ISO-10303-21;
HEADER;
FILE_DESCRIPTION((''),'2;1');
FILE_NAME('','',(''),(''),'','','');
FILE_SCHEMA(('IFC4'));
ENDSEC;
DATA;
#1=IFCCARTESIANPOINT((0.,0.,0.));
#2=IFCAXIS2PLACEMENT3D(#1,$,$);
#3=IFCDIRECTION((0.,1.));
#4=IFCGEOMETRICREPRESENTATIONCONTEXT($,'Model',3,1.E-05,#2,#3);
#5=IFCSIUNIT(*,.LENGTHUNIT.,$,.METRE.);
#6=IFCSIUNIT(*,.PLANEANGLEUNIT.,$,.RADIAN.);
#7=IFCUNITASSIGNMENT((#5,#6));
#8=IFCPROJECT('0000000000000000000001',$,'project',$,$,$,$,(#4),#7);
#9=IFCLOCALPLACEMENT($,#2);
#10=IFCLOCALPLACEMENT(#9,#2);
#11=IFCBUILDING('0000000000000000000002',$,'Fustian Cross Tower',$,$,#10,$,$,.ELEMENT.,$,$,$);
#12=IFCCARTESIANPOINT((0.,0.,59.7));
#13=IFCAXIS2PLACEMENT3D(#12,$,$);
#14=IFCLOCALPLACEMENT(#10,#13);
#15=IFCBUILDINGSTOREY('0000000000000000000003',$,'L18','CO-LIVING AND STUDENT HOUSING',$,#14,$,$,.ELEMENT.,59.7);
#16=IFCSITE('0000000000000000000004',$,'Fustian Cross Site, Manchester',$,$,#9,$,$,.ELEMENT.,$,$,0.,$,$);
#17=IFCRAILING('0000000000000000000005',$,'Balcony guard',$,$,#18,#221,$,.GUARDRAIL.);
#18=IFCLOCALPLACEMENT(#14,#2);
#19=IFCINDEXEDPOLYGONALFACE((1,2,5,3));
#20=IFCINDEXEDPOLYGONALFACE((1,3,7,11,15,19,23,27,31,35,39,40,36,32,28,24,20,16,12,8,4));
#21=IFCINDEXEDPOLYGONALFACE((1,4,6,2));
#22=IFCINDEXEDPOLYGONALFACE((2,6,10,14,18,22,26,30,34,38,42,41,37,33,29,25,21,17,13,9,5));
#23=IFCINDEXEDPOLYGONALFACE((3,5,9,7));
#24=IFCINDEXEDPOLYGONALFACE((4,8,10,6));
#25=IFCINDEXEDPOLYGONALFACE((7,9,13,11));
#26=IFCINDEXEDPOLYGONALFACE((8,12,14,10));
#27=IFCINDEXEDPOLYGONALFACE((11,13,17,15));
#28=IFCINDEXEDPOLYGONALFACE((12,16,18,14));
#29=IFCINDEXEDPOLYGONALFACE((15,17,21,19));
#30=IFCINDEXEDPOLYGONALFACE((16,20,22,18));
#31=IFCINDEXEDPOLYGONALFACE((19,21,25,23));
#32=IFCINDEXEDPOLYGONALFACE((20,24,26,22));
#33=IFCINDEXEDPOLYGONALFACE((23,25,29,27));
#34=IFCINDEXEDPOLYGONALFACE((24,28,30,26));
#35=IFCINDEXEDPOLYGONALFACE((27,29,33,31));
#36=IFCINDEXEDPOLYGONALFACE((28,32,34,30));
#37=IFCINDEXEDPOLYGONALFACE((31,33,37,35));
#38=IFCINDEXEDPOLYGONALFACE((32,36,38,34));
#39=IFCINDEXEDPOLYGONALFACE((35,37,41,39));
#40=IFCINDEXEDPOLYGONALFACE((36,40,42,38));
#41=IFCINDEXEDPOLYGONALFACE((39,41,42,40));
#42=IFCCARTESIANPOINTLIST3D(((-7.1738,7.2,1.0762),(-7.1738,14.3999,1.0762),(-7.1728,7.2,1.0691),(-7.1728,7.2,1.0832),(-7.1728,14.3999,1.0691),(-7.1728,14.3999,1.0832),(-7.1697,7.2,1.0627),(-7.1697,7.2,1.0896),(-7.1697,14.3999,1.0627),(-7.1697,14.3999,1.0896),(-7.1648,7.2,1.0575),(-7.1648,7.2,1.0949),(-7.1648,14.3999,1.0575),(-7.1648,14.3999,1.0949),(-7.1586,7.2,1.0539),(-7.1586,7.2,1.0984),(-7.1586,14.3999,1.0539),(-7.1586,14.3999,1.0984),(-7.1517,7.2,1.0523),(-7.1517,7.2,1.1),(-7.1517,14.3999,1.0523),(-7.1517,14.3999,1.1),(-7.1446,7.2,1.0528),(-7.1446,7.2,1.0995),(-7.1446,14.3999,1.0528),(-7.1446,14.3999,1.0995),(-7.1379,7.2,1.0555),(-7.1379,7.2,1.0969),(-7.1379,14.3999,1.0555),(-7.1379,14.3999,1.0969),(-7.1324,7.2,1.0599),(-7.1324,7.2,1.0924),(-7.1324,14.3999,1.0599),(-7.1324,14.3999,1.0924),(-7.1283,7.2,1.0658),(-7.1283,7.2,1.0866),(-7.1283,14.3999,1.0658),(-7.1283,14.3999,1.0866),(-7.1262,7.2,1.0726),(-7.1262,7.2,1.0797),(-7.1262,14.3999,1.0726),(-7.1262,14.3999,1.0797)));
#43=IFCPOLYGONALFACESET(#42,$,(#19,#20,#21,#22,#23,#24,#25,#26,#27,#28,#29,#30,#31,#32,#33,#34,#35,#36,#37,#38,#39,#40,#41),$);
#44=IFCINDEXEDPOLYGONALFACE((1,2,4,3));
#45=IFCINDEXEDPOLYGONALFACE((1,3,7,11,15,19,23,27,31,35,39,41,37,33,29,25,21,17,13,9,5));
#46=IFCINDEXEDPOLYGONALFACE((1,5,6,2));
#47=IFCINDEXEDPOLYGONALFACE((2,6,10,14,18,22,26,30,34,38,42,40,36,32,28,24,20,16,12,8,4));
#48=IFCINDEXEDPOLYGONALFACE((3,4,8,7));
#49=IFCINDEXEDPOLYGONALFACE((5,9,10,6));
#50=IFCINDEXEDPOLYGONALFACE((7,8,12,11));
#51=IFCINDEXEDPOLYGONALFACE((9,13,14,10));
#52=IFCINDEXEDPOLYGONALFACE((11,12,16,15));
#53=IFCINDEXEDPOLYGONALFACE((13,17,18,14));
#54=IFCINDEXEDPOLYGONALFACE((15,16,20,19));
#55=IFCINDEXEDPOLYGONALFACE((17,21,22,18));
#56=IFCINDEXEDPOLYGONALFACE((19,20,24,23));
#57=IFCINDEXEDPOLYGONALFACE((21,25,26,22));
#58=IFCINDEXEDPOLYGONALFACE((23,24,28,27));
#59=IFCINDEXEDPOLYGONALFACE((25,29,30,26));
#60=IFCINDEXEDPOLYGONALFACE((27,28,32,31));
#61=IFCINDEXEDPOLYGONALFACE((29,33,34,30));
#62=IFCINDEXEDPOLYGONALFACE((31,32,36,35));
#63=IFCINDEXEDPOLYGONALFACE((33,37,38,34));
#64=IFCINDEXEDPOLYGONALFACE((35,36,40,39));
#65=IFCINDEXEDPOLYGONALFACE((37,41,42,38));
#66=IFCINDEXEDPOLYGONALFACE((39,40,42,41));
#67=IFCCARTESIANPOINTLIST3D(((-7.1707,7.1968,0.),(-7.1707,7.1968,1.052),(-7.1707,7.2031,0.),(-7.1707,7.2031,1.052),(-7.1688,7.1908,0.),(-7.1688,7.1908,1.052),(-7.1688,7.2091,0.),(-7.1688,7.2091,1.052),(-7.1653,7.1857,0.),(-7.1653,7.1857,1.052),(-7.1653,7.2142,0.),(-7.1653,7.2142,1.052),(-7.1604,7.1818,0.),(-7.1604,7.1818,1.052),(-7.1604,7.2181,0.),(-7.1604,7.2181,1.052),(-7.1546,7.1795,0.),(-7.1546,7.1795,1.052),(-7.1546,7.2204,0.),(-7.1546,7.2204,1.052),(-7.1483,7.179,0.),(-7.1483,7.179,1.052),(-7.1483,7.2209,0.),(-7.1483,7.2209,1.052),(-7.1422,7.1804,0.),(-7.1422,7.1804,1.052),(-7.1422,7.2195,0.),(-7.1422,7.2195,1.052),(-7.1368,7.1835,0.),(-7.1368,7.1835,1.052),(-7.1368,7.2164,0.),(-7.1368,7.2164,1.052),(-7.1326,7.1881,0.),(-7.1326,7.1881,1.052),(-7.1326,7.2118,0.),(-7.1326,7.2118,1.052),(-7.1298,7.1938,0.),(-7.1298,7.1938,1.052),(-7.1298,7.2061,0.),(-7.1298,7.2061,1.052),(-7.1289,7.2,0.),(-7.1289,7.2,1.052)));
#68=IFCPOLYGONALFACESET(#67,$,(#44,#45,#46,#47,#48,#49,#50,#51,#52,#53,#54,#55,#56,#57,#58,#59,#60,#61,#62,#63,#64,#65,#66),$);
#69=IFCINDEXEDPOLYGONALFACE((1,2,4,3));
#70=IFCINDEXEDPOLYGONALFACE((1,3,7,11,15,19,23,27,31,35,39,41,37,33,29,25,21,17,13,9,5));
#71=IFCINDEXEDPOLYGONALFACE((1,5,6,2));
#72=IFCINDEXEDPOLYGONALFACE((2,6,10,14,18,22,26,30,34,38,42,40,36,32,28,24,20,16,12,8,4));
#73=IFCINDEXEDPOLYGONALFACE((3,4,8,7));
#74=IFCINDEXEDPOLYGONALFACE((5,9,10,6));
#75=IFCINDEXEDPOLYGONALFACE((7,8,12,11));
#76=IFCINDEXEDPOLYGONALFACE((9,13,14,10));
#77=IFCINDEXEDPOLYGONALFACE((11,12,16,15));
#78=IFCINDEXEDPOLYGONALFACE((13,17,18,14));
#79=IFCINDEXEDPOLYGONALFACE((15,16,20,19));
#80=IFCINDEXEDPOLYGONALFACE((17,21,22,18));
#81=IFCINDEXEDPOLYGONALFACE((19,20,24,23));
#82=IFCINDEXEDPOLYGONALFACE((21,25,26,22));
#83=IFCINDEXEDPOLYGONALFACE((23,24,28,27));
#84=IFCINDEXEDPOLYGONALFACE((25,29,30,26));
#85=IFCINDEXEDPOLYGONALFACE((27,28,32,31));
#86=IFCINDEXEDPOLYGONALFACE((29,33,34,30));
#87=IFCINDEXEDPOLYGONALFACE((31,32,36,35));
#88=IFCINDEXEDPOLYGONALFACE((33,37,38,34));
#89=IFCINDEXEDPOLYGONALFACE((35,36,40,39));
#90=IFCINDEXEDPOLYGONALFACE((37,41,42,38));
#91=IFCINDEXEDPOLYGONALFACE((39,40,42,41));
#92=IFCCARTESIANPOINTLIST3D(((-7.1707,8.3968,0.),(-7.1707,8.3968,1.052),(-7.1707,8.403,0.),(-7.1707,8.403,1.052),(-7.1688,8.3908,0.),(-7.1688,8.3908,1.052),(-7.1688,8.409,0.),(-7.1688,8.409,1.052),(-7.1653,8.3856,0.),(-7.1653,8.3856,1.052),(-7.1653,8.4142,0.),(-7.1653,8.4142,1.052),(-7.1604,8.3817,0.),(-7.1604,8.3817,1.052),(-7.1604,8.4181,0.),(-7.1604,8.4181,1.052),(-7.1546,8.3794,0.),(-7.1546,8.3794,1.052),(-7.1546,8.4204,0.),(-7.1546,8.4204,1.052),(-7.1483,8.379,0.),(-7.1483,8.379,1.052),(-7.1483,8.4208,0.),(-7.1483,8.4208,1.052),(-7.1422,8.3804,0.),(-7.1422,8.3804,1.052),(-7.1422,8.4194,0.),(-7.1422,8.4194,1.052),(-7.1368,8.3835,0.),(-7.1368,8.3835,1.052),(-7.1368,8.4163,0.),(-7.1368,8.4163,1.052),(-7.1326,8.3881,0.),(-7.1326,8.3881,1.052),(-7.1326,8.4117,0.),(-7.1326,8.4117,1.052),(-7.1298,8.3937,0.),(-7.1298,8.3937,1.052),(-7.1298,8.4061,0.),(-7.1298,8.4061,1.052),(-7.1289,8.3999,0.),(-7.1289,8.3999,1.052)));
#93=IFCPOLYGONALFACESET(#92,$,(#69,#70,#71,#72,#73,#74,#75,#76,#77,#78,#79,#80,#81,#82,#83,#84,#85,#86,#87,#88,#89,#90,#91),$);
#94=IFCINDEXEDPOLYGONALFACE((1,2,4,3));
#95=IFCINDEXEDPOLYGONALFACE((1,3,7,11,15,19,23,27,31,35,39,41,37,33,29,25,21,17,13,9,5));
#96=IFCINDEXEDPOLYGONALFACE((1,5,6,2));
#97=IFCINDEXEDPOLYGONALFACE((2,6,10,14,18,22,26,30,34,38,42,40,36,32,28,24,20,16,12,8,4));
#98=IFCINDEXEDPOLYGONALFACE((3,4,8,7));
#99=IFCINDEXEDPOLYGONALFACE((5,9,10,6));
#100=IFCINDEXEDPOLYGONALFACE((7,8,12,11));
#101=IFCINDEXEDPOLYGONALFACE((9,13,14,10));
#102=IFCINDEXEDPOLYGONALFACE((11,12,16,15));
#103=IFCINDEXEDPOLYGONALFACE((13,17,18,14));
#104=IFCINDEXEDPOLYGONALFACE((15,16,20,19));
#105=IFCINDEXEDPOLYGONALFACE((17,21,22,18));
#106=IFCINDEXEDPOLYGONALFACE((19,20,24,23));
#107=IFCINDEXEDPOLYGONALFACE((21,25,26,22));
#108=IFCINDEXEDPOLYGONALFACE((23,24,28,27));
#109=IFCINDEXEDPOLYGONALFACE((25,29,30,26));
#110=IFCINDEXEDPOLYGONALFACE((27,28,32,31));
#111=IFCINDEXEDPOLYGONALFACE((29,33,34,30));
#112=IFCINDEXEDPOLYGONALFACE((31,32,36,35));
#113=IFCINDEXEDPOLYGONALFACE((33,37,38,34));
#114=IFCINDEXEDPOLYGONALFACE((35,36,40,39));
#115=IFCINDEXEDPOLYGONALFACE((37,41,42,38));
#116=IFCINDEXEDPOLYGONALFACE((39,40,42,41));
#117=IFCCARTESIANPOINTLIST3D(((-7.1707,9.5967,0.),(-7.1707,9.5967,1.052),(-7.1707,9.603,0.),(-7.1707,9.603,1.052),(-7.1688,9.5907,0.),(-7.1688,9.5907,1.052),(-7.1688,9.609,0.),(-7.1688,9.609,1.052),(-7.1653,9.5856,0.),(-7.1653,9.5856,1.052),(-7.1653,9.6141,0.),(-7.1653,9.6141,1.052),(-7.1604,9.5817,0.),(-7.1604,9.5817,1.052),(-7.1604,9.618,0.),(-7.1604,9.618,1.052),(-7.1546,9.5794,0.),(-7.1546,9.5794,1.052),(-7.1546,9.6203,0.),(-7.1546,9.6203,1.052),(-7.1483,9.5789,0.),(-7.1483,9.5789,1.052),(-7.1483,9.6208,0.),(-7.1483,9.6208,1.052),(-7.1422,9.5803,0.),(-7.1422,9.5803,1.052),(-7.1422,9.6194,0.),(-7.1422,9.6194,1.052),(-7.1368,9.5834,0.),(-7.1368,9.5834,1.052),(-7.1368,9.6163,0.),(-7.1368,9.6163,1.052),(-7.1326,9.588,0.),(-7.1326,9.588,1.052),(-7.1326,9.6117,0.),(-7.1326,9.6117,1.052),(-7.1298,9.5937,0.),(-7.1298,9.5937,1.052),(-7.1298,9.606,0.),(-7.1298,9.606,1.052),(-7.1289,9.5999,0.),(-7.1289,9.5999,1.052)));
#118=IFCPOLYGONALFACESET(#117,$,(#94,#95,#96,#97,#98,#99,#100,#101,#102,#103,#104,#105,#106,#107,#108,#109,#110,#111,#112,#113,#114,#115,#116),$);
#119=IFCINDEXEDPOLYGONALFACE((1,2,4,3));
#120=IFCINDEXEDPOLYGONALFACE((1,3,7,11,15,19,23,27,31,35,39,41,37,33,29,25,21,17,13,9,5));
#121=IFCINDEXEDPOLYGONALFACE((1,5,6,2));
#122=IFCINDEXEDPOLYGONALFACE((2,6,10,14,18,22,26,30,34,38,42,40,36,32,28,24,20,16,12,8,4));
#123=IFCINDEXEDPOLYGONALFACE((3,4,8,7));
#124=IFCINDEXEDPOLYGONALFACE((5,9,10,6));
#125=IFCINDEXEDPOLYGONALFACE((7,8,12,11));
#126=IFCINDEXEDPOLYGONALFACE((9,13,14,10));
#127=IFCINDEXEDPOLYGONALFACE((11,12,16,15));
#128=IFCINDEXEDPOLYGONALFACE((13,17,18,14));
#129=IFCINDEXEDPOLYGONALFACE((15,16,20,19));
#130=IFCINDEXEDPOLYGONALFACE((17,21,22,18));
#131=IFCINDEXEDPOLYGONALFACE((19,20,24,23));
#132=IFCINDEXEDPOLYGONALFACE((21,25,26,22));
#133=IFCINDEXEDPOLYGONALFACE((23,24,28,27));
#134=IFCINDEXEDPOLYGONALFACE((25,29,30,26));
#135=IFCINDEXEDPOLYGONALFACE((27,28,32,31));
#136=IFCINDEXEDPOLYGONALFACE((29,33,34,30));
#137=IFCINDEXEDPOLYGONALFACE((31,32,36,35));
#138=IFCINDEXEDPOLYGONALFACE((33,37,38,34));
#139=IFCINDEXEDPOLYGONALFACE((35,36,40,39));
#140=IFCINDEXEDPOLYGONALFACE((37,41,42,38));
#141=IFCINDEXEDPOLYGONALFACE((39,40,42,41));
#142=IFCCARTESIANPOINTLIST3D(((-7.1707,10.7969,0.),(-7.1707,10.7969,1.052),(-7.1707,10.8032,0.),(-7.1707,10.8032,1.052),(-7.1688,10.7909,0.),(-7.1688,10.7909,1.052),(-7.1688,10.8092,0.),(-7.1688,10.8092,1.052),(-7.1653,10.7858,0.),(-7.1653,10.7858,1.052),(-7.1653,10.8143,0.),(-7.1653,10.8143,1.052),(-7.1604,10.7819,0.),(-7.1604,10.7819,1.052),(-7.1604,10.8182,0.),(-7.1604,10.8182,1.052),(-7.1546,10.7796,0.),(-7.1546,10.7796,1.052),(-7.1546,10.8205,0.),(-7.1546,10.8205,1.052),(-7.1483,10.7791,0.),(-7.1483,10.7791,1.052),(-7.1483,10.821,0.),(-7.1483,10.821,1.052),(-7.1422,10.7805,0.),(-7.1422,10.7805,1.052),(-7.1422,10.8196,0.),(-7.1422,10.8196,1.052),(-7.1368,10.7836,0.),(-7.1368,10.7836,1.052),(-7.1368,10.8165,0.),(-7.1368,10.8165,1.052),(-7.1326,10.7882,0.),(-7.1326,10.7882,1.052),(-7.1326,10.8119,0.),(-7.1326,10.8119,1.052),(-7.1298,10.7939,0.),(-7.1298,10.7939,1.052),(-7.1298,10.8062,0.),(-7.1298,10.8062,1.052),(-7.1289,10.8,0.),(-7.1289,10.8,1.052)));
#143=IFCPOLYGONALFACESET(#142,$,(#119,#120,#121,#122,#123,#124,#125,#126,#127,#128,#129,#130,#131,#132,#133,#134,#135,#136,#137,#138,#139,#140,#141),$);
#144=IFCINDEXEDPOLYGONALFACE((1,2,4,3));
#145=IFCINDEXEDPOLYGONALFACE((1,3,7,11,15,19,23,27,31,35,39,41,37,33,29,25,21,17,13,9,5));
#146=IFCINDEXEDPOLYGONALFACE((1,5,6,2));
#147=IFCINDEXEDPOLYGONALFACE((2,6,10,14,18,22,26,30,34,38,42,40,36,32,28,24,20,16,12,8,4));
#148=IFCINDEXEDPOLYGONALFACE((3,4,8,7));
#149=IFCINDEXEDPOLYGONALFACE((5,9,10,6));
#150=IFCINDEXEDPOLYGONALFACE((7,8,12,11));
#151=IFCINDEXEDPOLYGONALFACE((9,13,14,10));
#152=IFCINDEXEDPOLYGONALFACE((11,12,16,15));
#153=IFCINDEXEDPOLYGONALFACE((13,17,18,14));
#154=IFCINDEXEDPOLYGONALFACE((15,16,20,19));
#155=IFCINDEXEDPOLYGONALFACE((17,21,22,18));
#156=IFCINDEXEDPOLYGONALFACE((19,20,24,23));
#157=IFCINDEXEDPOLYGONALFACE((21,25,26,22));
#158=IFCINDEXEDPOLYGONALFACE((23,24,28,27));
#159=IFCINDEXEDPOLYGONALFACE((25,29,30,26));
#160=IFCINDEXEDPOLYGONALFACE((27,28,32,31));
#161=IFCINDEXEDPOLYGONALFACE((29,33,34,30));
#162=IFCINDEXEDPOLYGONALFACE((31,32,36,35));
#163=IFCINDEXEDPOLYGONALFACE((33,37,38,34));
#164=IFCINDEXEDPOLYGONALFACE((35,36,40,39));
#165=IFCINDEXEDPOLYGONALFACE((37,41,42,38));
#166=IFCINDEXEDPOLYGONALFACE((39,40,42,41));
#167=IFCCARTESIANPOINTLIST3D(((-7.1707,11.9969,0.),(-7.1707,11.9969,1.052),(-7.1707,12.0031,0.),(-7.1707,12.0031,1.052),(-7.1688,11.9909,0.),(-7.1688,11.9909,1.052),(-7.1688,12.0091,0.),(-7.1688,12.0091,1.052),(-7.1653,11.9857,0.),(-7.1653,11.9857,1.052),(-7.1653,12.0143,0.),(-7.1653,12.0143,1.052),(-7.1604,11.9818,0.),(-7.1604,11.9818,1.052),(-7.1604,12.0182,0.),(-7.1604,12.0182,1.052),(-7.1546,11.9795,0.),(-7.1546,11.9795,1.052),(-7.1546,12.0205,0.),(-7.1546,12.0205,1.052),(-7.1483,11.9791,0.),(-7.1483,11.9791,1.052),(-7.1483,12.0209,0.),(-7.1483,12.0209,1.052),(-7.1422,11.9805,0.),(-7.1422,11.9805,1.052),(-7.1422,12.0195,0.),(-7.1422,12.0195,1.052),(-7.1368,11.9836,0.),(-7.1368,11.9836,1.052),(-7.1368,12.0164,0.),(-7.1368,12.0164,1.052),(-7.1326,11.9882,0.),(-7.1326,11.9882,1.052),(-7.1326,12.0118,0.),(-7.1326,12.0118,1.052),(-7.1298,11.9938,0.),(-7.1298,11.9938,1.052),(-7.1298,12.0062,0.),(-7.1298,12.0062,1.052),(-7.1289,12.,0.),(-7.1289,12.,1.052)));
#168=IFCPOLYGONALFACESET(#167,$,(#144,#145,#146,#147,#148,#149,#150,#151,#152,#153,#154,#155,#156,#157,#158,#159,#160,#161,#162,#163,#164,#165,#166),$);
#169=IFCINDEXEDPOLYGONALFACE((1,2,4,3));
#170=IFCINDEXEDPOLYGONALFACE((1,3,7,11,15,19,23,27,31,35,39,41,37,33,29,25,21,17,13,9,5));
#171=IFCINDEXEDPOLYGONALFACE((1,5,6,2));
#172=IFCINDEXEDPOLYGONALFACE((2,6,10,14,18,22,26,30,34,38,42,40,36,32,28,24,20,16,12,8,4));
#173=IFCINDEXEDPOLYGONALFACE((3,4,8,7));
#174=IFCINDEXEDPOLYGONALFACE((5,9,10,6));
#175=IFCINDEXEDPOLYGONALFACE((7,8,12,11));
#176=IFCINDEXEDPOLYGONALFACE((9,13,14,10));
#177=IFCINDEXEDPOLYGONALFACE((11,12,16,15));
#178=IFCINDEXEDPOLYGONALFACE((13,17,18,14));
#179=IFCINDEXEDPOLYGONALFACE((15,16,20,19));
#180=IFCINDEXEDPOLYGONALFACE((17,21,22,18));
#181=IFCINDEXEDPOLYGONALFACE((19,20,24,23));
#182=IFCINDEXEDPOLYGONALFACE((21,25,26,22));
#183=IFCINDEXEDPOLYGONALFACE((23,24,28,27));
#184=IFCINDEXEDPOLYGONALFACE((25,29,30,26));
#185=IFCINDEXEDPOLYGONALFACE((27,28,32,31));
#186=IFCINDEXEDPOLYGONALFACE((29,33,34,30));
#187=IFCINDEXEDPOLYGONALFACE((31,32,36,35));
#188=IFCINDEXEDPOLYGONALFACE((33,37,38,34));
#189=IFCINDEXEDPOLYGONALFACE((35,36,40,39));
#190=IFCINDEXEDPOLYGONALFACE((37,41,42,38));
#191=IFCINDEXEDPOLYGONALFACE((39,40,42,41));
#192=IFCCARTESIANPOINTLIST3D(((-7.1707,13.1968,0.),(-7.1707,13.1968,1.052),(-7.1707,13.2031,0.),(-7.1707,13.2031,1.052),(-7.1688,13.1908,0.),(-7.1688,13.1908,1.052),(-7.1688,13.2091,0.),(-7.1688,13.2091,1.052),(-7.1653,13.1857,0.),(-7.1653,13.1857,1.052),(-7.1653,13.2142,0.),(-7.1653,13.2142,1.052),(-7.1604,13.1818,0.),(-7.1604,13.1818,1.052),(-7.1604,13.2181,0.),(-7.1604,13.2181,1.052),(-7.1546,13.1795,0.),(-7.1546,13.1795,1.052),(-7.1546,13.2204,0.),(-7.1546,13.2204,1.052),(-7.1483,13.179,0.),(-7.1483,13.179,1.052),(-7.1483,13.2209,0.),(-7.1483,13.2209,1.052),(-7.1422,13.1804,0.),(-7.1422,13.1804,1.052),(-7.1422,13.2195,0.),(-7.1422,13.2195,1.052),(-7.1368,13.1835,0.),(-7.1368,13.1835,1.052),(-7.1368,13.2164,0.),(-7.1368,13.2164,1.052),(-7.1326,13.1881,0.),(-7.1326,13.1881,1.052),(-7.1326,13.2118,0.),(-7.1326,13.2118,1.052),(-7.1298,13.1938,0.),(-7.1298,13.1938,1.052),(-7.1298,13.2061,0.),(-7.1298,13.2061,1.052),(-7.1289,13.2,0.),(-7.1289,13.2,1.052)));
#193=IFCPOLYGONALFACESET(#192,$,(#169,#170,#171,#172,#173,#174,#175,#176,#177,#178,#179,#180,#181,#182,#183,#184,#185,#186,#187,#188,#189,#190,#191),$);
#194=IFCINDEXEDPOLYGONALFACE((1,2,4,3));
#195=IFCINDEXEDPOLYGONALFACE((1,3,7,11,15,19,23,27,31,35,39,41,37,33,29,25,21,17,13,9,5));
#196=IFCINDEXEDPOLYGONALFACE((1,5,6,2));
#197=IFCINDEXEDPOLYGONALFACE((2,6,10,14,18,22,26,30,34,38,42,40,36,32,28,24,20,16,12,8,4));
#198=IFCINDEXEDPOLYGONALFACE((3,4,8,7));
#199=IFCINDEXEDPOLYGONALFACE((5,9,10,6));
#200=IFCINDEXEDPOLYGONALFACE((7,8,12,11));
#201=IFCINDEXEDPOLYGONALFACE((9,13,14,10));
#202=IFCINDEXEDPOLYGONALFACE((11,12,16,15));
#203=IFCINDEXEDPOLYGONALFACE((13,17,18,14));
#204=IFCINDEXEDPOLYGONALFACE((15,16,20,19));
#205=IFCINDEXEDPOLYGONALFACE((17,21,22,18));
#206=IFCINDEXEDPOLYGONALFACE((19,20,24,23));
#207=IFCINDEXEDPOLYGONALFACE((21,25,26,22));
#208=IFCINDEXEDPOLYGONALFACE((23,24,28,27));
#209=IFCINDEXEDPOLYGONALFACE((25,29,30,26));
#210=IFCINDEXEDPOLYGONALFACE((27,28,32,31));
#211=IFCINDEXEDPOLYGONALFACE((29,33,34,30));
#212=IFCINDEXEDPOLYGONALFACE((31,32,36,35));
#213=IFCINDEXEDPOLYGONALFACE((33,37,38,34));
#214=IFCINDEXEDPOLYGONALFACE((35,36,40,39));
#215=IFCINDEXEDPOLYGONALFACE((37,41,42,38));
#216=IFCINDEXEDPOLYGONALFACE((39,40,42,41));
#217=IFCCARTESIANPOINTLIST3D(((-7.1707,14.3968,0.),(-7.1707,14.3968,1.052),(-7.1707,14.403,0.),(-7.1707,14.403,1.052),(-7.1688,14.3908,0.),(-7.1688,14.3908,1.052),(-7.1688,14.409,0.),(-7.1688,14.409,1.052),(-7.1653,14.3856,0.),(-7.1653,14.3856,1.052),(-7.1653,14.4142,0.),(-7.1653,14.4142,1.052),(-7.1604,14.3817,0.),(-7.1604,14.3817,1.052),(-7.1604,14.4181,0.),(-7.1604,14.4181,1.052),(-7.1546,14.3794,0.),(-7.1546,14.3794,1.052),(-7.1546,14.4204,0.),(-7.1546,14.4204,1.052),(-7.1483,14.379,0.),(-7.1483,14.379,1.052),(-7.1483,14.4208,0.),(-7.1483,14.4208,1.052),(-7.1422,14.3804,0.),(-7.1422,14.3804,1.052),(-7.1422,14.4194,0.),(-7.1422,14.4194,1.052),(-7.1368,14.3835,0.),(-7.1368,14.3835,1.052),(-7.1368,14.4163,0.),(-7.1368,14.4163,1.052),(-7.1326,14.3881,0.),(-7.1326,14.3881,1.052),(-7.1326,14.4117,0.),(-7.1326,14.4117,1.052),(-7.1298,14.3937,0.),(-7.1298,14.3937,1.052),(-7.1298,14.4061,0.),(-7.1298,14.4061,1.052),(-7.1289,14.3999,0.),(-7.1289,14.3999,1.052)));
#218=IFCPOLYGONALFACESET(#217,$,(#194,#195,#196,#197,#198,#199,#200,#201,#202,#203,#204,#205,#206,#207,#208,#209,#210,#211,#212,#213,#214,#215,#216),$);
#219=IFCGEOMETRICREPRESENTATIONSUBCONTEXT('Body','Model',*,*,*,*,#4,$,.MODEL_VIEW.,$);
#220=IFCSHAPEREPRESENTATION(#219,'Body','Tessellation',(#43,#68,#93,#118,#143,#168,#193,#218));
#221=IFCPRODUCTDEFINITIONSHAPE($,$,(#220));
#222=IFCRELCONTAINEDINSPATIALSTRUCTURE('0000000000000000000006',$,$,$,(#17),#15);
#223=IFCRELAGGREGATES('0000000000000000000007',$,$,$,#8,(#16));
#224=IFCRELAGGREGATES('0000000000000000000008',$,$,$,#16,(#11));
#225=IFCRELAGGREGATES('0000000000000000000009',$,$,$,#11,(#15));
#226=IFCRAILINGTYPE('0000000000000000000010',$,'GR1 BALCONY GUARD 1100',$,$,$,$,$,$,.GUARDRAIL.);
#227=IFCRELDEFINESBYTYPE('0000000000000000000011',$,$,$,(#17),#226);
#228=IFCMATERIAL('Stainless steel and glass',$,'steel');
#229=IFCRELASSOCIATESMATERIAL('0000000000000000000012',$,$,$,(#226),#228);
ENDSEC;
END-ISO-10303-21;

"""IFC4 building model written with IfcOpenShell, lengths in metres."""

from ifc_helpers import new_model, si_unit, direction, frame, origin, origin_2d, place, context, subcontext, project, spatial, circle, extrude, material, type_object, element, save


model = new_model("IFC4")

# Units and contexts
model_context = context("Model", 3, precision=1e-05, world=origin(), true_north=direction((0.0, 1.0)))
body_context = subcontext(model_context, "Body", "Model", "MODEL_VIEW")
ifc_project = project(units=[si_unit("LENGTHUNIT", "METRE"), si_unit("PLANEANGLEUNIT", "RADIAN")], contexts=[model_context])

# Site, building, storey
site_placement = place(None, origin())
site = spatial("IfcSite", under=ifc_project, at=site_placement, Name="Fustian Cross Site, Manchester", CompositionType="ELEMENT", RefElevation=0.0)
building_placement = place(site_placement, origin())
building = spatial("IfcBuilding", under=site, at=building_placement, Name="Fustian Cross Tower", CompositionType="ELEMENT")
storey_placement = place(building_placement, frame((0.0, 0.0, 59.7)))
storey = spatial("IfcBuildingStorey", under=building, at=storey_placement, Name="L18", Description="CO-LIVING AND STUDENT HOUSING", CompositionType="ELEMENT", Elevation=59.7)

# Railing
ifc_material_1 = material(Name="Stainless steel and glass", Category="steel")
railing_type = type_object("IfcRailingType", Name="GR1 BALCONY GUARD 1100", PredefinedType="GUARDRAIL", material=ifc_material_1)
railing_placement = place(storey_placement, frame((-7.1499, 7.2, 0.0)))
element("IfcRailing", 1, at=railing_placement, inside=storey, type_object=railing_type, Name="Balcony guard", PredefinedType="GUARDRAIL", context=body_context, shape_type="SweptSolid", body=[
    extrude(circle(Radius=0.0239, at=origin_2d()), frame((0.0, 0.0, 1.0762), z_axis=(0.0, 1.0, 0.0), x_axis=(-1.0, 0.0, 0.0)), (0.0, 0.0, 1.0), 7.2),
    extrude(circle(Radius=0.021, at=origin_2d()), origin(), (0.0, 0.0, 1.0), 1.052),
    extrude(circle(Radius=0.021, at=origin_2d()), frame((0.0, 1.2, 0.0)), (0.0, 0.0, 1.0), 1.052),
    extrude(circle(Radius=0.021, at=origin_2d()), frame((0.0, 2.3999, 0.0)), (0.0, 0.0, 1.0), 1.052),
    extrude(circle(Radius=0.021, at=origin_2d()), frame((0.0, 3.6001, 0.0)), (0.0, 0.0, 1.0), 1.052),
    extrude(circle(Radius=0.021, at=origin_2d()), frame((0.0, 4.8, 0.0)), (0.0, 0.0, 1.0), 1.052),
    extrude(circle(Radius=0.021, at=origin_2d()), frame((0.0, 6.0, 0.0)), (0.0, 0.0, 1.0), 1.052),
    extrude(circle(Radius=0.021, at=origin_2d()), frame((0.0, 7.2, 0.0)), (0.0, 0.0, 1.0), 1.052),
])

save(model, "model.ifc")
